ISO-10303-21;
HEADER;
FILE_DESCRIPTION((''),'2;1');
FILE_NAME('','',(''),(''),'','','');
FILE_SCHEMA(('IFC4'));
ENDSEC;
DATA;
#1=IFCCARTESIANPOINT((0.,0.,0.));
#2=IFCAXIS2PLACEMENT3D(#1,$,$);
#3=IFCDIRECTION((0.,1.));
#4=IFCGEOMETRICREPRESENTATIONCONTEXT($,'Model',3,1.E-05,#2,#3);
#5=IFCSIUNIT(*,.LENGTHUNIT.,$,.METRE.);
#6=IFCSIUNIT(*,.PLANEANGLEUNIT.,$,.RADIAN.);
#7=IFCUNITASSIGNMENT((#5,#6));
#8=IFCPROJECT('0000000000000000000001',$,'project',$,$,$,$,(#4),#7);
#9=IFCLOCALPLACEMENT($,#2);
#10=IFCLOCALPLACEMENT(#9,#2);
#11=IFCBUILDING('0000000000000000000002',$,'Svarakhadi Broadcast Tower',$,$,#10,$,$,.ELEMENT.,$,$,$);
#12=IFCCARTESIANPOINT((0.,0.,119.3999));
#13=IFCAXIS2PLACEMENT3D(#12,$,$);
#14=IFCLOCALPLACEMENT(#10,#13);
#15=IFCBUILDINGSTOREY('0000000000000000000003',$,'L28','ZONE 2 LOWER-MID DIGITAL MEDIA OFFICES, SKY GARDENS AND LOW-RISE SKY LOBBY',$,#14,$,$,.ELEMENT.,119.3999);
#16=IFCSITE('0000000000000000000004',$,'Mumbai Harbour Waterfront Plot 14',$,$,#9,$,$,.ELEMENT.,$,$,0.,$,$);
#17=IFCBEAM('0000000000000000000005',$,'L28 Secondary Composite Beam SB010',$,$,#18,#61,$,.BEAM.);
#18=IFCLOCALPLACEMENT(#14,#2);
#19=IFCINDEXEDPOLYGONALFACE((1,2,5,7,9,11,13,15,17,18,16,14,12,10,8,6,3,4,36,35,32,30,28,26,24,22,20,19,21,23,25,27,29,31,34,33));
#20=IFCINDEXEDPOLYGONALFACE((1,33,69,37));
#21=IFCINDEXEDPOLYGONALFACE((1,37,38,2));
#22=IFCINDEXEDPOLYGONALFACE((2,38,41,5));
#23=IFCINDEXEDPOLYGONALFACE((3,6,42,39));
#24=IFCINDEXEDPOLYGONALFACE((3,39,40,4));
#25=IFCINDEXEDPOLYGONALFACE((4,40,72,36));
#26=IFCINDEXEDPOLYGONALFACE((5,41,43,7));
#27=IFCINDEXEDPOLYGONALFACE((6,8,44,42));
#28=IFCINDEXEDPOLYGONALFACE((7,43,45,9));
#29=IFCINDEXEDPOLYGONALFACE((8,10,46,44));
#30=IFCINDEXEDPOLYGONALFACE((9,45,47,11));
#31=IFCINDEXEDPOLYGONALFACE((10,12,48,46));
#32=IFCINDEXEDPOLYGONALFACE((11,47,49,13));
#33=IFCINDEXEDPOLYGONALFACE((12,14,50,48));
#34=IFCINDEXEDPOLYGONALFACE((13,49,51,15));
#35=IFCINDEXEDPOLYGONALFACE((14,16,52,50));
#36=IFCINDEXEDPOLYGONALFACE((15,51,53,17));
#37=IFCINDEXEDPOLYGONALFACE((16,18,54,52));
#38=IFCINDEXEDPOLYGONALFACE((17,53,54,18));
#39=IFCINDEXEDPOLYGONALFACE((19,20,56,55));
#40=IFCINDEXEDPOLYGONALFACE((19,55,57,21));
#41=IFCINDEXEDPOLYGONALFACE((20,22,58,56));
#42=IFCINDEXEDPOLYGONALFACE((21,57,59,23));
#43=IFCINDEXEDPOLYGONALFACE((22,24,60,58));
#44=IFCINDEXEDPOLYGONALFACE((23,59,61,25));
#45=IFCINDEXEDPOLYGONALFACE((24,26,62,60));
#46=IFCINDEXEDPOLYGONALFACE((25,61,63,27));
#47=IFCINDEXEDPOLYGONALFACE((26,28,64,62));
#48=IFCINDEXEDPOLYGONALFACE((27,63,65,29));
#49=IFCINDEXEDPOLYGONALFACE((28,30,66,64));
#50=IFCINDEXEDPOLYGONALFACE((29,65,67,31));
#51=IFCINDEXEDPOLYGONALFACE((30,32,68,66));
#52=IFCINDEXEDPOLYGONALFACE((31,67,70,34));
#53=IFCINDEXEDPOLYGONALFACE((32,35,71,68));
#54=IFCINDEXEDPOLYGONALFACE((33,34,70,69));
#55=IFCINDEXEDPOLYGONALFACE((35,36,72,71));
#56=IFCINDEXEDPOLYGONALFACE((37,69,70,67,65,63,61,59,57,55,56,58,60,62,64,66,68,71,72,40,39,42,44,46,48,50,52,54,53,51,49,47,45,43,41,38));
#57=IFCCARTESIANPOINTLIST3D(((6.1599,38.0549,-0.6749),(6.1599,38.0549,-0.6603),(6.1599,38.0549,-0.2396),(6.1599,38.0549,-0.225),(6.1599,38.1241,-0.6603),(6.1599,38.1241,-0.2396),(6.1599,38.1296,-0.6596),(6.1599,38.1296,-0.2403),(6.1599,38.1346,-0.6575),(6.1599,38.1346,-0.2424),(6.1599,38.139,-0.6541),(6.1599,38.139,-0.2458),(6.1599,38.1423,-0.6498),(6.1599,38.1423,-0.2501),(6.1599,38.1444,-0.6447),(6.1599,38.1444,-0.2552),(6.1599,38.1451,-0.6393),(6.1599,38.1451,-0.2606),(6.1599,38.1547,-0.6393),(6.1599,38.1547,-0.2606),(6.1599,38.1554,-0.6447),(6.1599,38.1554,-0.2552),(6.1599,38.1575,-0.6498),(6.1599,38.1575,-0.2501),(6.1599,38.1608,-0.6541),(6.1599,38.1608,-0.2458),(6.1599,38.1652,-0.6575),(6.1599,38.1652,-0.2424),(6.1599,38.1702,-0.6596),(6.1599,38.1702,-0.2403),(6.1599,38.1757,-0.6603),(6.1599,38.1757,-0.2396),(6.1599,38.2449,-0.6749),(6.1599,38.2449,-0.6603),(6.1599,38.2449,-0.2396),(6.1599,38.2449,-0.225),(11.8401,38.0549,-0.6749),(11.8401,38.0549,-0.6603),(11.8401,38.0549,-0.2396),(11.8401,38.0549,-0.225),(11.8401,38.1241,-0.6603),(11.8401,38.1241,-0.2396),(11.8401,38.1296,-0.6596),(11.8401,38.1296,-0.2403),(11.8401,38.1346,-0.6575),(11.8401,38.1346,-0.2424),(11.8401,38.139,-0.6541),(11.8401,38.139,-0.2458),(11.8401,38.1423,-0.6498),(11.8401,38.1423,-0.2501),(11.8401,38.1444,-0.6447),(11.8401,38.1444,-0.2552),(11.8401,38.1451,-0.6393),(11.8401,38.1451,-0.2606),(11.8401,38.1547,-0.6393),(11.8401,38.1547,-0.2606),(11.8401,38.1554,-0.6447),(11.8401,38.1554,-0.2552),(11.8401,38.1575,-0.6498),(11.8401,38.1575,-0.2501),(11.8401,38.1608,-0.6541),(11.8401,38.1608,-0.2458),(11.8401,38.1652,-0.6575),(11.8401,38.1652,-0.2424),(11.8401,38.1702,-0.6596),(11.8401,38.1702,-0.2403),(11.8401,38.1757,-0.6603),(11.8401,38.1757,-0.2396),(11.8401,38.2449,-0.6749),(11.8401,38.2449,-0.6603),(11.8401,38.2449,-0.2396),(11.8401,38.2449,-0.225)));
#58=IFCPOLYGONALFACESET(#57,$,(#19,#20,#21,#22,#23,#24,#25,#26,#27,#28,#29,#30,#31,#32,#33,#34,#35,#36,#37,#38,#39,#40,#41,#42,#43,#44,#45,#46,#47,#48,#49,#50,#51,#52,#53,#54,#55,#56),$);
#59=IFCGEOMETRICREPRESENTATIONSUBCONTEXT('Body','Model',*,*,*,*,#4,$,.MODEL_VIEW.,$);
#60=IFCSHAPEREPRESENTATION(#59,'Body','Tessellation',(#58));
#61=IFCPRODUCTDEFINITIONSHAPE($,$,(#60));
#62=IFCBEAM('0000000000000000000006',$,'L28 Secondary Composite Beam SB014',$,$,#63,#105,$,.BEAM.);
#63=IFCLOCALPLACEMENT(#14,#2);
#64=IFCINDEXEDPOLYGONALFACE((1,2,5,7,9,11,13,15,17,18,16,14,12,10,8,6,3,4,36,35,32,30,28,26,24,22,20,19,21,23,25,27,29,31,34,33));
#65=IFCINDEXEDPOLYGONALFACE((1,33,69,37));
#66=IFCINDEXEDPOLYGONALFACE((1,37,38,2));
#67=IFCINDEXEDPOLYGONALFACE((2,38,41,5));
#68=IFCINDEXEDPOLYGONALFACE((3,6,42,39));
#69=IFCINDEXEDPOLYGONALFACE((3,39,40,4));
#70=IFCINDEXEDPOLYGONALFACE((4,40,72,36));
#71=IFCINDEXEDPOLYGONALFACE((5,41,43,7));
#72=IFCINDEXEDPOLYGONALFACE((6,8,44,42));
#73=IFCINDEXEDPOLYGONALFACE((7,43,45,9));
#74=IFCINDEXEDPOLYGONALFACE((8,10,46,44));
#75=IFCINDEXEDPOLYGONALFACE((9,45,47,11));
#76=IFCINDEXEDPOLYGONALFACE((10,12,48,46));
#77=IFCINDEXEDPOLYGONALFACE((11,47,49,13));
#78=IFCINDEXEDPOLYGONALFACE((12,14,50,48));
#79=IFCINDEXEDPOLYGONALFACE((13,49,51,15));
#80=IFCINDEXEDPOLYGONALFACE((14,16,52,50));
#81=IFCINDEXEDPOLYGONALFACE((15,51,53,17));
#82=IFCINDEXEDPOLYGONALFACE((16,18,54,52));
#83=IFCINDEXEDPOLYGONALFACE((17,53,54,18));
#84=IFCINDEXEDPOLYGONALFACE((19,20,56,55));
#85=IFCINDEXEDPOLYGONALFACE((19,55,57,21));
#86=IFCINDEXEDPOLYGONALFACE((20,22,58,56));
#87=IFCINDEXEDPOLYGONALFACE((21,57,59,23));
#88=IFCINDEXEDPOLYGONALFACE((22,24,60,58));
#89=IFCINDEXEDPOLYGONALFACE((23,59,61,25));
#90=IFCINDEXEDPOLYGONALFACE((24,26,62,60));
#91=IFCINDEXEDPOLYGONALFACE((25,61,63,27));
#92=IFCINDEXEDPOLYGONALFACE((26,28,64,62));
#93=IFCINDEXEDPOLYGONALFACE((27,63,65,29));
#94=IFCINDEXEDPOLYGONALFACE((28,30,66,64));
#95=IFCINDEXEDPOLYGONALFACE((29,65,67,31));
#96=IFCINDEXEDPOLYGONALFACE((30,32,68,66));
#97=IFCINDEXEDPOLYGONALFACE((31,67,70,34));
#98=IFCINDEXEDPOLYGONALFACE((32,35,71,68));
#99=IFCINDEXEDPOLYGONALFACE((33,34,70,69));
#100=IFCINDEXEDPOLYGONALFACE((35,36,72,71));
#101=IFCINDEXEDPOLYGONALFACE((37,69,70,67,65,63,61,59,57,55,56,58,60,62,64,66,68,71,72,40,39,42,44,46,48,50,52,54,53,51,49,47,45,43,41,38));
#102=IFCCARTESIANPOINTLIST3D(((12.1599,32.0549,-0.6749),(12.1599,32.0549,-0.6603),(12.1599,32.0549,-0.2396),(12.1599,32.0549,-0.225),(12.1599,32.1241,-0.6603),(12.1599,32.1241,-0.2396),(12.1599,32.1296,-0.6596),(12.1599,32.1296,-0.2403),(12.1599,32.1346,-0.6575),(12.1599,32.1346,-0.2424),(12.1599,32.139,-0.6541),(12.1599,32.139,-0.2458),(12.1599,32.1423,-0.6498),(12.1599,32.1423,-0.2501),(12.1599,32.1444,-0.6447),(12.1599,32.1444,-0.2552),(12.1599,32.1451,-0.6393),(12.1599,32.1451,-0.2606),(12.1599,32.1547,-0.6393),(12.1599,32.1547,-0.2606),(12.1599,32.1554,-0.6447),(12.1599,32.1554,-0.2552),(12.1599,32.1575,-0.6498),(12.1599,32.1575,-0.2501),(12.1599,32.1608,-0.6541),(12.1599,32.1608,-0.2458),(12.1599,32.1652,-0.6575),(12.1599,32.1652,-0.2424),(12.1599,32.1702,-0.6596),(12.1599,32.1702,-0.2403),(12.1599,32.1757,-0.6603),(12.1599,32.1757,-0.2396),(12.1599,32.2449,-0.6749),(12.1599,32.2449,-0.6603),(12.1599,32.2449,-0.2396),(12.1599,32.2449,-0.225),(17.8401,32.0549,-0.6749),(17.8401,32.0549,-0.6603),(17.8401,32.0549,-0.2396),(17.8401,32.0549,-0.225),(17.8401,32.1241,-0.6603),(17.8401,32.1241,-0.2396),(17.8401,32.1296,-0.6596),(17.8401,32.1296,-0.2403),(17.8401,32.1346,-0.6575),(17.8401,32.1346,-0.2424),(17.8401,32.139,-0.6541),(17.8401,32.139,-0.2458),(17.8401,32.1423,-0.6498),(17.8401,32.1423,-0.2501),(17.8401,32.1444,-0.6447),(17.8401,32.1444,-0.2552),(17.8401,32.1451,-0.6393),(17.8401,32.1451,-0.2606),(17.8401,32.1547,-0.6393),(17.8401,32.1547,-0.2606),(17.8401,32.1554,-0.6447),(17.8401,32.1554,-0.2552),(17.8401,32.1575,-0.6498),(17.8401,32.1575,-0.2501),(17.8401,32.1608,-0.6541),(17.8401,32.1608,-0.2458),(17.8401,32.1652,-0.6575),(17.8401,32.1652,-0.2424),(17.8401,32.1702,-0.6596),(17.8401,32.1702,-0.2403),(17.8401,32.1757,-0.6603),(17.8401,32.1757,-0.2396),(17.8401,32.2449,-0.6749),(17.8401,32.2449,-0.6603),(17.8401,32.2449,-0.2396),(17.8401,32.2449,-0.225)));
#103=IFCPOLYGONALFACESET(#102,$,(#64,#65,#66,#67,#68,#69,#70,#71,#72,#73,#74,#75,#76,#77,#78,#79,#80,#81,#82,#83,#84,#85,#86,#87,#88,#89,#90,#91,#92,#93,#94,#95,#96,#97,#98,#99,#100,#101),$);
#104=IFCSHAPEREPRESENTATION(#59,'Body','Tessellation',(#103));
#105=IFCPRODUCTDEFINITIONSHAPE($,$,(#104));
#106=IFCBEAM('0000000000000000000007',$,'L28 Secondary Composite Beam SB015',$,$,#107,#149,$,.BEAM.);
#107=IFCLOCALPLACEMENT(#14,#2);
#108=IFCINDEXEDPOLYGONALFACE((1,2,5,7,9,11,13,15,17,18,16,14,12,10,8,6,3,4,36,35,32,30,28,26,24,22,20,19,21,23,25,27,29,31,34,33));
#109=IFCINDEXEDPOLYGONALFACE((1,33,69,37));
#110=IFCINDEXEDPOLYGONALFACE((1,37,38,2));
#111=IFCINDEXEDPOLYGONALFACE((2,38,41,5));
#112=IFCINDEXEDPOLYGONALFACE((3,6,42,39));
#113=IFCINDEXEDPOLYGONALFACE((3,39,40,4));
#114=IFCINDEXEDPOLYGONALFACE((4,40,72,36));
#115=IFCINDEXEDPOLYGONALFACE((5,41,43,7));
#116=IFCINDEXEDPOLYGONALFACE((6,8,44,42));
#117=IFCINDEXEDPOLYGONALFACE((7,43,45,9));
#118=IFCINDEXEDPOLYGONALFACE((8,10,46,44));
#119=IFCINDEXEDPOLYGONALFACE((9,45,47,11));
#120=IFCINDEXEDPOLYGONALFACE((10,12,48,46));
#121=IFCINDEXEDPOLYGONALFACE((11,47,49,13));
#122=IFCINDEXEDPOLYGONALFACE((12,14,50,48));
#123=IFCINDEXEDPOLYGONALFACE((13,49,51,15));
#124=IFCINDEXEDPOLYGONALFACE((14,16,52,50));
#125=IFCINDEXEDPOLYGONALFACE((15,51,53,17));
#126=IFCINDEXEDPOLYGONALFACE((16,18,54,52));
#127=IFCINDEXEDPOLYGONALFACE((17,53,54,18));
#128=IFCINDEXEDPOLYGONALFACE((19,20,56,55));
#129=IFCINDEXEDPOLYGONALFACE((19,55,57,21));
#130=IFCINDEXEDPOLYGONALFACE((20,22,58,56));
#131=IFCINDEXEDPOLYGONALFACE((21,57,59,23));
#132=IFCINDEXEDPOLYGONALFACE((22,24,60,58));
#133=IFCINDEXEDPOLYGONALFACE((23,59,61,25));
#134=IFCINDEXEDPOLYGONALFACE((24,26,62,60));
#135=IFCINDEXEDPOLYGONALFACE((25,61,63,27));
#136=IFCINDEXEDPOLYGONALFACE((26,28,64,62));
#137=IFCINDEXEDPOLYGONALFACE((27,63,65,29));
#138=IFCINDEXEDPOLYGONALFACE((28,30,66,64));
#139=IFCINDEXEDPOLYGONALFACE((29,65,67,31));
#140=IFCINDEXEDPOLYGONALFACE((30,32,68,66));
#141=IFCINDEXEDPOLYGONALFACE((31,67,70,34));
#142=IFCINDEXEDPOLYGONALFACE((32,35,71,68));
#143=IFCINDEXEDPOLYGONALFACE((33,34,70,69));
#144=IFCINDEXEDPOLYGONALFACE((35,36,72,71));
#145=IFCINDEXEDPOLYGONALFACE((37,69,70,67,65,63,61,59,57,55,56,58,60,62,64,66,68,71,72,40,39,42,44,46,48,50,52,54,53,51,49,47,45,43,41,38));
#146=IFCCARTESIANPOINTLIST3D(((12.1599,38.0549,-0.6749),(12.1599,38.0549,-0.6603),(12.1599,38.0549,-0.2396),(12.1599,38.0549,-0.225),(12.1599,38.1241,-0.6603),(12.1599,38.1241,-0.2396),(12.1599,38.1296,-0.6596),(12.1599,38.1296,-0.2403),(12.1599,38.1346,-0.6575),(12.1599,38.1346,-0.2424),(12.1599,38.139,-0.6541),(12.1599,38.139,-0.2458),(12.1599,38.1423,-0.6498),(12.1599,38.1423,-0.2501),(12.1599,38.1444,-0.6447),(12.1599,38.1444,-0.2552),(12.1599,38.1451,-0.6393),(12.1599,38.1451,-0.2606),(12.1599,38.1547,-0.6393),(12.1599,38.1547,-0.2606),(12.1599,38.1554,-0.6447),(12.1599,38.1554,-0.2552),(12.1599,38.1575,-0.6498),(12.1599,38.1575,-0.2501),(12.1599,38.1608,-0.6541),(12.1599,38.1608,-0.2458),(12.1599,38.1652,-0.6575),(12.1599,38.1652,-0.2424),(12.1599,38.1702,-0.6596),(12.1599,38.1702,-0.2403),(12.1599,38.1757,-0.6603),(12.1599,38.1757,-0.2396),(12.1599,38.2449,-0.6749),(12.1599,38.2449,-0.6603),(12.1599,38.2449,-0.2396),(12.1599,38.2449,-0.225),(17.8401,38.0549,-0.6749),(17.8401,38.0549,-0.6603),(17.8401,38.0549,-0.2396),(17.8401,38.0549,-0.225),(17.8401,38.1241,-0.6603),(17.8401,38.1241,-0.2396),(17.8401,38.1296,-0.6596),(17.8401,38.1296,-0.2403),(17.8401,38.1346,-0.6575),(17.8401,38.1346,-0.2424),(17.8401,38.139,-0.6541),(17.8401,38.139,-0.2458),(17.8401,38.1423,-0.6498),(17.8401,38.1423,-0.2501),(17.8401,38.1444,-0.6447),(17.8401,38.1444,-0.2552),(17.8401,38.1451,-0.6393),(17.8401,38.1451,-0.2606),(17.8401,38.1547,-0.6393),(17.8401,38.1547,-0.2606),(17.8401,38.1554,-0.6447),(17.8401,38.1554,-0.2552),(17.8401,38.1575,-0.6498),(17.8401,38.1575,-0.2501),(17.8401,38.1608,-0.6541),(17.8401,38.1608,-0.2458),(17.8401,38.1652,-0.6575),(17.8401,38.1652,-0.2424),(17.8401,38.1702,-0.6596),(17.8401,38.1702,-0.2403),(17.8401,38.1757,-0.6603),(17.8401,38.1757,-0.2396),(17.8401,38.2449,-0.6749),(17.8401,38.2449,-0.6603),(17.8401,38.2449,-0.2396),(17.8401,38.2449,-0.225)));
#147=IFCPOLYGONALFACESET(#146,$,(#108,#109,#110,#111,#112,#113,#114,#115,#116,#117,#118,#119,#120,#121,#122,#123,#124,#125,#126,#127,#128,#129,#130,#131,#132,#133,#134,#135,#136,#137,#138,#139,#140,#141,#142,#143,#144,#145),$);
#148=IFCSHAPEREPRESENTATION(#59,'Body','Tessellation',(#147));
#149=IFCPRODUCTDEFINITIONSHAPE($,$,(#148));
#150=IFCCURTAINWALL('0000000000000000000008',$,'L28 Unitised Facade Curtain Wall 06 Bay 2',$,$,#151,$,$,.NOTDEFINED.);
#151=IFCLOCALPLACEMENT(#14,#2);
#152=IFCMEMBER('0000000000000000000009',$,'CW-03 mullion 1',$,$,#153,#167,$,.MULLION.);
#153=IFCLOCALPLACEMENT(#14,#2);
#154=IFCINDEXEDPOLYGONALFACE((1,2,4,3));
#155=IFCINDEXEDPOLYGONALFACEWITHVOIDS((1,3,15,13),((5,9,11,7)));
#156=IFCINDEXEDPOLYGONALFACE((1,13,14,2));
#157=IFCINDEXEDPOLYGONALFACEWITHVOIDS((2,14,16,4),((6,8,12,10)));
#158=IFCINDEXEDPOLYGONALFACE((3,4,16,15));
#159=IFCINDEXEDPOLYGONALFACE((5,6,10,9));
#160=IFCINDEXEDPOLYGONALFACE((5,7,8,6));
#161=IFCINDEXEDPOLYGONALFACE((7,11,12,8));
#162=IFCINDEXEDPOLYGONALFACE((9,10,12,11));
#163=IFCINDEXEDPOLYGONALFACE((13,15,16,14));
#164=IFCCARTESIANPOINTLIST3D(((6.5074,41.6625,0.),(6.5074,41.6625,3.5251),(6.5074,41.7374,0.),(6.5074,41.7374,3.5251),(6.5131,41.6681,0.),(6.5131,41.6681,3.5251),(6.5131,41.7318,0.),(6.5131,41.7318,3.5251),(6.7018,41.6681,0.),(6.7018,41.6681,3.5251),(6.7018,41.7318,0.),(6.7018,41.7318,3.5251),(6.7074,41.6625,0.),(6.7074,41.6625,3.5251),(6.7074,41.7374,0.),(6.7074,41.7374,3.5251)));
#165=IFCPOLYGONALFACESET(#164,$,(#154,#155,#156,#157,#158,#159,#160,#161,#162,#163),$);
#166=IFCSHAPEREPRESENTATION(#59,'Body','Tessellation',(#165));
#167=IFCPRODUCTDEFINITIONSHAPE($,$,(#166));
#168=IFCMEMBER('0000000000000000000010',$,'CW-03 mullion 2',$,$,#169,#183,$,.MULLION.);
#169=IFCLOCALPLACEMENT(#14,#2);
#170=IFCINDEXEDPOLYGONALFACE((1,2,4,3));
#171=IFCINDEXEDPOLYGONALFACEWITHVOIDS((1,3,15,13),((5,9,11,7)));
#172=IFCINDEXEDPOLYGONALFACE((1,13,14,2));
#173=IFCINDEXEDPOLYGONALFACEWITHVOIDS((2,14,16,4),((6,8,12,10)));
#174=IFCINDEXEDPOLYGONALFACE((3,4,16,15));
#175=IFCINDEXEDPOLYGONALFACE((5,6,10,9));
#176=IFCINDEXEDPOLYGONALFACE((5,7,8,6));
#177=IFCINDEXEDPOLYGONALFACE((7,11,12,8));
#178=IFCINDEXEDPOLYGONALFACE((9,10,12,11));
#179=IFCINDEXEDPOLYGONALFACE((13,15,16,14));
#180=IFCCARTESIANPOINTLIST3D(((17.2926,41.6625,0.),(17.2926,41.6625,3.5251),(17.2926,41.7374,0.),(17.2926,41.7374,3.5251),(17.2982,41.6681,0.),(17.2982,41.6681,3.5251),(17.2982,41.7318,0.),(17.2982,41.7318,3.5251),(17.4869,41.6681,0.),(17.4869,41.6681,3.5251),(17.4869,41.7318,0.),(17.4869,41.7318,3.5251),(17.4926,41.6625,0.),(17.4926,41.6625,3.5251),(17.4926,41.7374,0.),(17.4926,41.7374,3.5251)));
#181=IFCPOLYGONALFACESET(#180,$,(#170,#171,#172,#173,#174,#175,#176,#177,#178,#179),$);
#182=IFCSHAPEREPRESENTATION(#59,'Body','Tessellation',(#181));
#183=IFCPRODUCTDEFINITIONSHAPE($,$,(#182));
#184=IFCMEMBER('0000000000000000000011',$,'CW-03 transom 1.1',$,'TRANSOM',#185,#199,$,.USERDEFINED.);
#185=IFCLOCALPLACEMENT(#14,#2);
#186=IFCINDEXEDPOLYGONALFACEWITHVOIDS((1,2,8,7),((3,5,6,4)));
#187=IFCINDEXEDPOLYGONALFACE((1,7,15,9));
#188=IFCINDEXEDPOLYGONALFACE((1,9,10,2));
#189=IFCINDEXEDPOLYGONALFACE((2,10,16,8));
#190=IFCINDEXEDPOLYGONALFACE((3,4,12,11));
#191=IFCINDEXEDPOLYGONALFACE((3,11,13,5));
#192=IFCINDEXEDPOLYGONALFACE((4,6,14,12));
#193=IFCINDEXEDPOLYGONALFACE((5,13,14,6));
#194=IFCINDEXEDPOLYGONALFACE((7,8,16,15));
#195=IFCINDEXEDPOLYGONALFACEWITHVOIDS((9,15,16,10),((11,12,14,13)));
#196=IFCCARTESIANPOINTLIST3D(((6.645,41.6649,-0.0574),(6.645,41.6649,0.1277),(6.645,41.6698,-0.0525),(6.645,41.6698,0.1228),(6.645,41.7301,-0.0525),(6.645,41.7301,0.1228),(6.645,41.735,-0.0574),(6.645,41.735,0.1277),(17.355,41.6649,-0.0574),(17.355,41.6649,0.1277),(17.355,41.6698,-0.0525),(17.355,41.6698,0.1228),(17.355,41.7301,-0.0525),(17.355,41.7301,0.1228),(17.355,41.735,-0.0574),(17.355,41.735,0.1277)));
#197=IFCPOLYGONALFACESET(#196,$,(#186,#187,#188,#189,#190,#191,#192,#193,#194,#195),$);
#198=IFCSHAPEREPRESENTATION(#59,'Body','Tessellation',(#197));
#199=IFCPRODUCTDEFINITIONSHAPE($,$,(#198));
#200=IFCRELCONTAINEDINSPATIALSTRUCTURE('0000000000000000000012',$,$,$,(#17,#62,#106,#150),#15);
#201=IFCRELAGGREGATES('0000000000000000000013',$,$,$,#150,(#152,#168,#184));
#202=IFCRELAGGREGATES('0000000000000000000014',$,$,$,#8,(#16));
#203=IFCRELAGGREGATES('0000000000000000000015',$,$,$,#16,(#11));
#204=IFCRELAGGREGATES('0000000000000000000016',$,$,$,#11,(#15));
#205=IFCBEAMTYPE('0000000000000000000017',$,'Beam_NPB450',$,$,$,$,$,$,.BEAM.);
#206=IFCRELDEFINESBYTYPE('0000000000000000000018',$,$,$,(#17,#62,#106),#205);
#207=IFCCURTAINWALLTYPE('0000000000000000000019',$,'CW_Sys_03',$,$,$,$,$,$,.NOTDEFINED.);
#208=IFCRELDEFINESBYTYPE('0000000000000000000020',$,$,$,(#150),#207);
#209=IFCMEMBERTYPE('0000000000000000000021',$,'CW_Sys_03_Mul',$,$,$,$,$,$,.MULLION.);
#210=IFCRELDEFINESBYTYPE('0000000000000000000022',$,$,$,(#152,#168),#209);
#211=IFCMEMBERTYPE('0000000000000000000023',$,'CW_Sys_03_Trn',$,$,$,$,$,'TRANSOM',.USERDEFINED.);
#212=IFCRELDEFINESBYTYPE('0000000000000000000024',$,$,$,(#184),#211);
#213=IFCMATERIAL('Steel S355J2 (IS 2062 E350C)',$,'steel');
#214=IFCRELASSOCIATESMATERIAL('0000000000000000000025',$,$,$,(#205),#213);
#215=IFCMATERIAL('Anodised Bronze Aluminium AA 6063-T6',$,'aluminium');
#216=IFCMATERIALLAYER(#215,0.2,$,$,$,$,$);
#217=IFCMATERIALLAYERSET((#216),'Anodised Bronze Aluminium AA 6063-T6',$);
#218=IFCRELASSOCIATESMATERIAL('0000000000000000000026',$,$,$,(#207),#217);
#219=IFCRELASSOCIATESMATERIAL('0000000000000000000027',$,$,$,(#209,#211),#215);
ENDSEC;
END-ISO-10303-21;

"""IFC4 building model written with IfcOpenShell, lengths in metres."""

from ifc_helpers import new_model, si_unit, direction, frame, origin, origin_2d, place, context, subcontext, project, spatial, hollow_rectangle, i_section, extrude, material, layer, layer_set, material_profile, profile_set, type_object, element, aggregate, save


model = new_model("IFC4")

# Units and contexts
model_context = context("Model", 3, precision=1e-05, world=origin(), true_north=direction((0.0, 1.0)))
body_context = subcontext(model_context, "Body", "Model", "MODEL_VIEW")
ifc_project = project(units=[si_unit("LENGTHUNIT", "METRE"), si_unit("PLANEANGLEUNIT", "RADIAN")], contexts=[model_context])

# Site, building, storey
site_placement = place(None, origin())
site = spatial("IfcSite", under=ifc_project, at=site_placement, Name="Mumbai Harbour Waterfront Plot 14", CompositionType="ELEMENT", RefElevation=0.0)
building_placement = place(site_placement, origin())
building = spatial("IfcBuilding", under=site, at=building_placement, Name="Svarakhadi Broadcast Tower", CompositionType="ELEMENT")
storey_placement = place(building_placement, frame((0.0, 0.0, 119.3999)))
storey = spatial("IfcBuildingStorey", under=building, at=storey_placement, Name="L28", Description="ZONE 2 LOWER-MID DIGITAL MEDIA OFFICES, SKY GARDENS AND LOW-RISE SKY LOBBY", CompositionType="ELEMENT", Elevation=119.3999)

# Beams
ifc_material_1 = material(Name="Steel S355J2 (IS 2062 E350C)", Category="steel")
ifc_material_profile_1 = material_profile(ifc_material_1, i_section(OverallWidth=0.1899, OverallDepth=0.45, WebThickness=0.0095, FlangeThickness=0.0146, FilletRadius=0.021, at=origin_2d()), Name="NPB 450x190x78")
ifc_profile_set_1 = profile_set([ifc_material_profile_1], Name="Steel S355J2 (IS 2062 E350C)")
beam_type_1 = type_object("IfcBeamType", Name="Beam_NPB450", PredefinedType="BEAM", material=ifc_profile_set_1)
for number, where, z_axis, x_axis, name in (
    (1, (6.1599, 38.1499, -0.45), (1.0, 0.0, 0.0), (0.0, 1.0, 0.0), "L28 Secondary Composite Beam SB010"),
    (2, (12.1599, 32.1499, -0.45), (1.0, 0.0, 0.0), (0.0, 1.0, 0.0), "L28 Secondary Composite Beam SB014"),
    (3, (12.1599, 38.1499, -0.45), (1.0, 0.0, 0.0), (0.0, 1.0, 0.0), "L28 Secondary Composite Beam SB015"),
):
    element("IfcBeam", number, at=place(storey_placement, frame(where, z_axis=z_axis, x_axis=x_axis)), inside=storey, type_object=beam_type_1, Name=name, PredefinedType="BEAM", context=body_context, shape_type="SweptSolid", body=[
        extrude(i_section(OverallWidth=0.1899, OverallDepth=0.45, WebThickness=0.0095, FlangeThickness=0.0146, FilletRadius=0.021, at=origin_2d()), origin(), (0.0, 0.0, 1.0), 5.6802),
    ])

# Curtain wall, members
ifc_material_2 = material(Name="Anodised Bronze Aluminium AA 6063-T6", Category="aluminium")
ifc_layer_1 = layer(ifc_material_2, 0.2)
ifc_layer_set_1 = layer_set([ifc_layer_1], Name="Anodised Bronze Aluminium AA 6063-T6")
curtain_wall_type = type_object("IfcCurtainWallType", Name="CW_Sys_03", PredefinedType="NOTDEFINED", material=ifc_layer_set_1)
curtain_wall_placement = place(storey_placement, origin())
curtain_wall = element("IfcCurtainWall", 4, at=curtain_wall_placement, inside=storey, type_object=curtain_wall_type, Name="L28 Unitised Facade Curtain Wall 06 Bay 2", PredefinedType="NOTDEFINED")
ifc_material_profile_2 = material_profile(ifc_material_2, hollow_rectangle(XDim=0.075, YDim=0.2, WallThickness=0.0056, at=origin_2d()), Name="ALU MULLION 200x75x6")
ifc_profile_set_2 = profile_set([ifc_material_profile_2], Name="Anodised Bronze Aluminium AA 6063-T6")
member_type_1 = type_object("IfcMemberType", Name="CW_Sys_03_Mul", PredefinedType="MULLION", material=ifc_profile_set_2)
member_1_placement = place(storey_placement, frame((6.6074, 41.7, 0.0), z_axis=(0.0, 0.0, 1.0), x_axis=(0.0, 1.0, 0.0)))
member_1 = element("IfcMember", 5, at=member_1_placement, type_object=member_type_1, Name="CW-03 mullion 1", PredefinedType="MULLION", context=body_context, shape_type="SweptSolid", body=[
    extrude(hollow_rectangle(XDim=0.075, YDim=0.2, WallThickness=0.0056, at=origin_2d()), origin(), (0.0, 0.0, 1.0), 3.5251),
])
member_2_placement = place(storey_placement, frame((17.3926, 41.7, 0.0), z_axis=(0.0, 0.0, 1.0), x_axis=(0.0, 1.0, 0.0)))
member_2 = element("IfcMember", 6, at=member_2_placement, type_object=member_type_1, Name="CW-03 mullion 2", PredefinedType="MULLION", context=body_context, shape_type="SweptSolid", body=[
    extrude(hollow_rectangle(XDim=0.075, YDim=0.2, WallThickness=0.0056, at=origin_2d()), origin(), (0.0, 0.0, 1.0), 3.5251),
])
ifc_material_profile_3 = material_profile(ifc_material_2, hollow_rectangle(XDim=0.0701, YDim=0.1851, WallThickness=0.0049, at=origin_2d()), Name="ALU TRANSOM 185x70x5")
ifc_profile_set_3 = profile_set([ifc_material_profile_3], Name="Anodised Bronze Aluminium AA 6063-T6")
member_type_2 = type_object("IfcMemberType", Name="CW_Sys_03_Trn", ElementType="TRANSOM", PredefinedType="USERDEFINED", material=ifc_profile_set_3)
member_3_placement = place(storey_placement, frame((6.645, 41.7, 0.0352), z_axis=(1.0, 0.0, 0.0), x_axis=(0.0, 1.0, 0.0)))
member_3 = element("IfcMember", 7, at=member_3_placement, type_object=member_type_2, Name="CW-03 transom 1.1", ObjectType="TRANSOM", PredefinedType="USERDEFINED", context=body_context, shape_type="SweptSolid", body=[
    extrude(hollow_rectangle(XDim=0.0701, YDim=0.1851, WallThickness=0.0049, at=origin_2d()), origin(), (0.0, 0.0, 1.0), 10.71),
])

aggregate(curtain_wall, [member_1, member_2, member_3])

save(model, "model.ifc")
